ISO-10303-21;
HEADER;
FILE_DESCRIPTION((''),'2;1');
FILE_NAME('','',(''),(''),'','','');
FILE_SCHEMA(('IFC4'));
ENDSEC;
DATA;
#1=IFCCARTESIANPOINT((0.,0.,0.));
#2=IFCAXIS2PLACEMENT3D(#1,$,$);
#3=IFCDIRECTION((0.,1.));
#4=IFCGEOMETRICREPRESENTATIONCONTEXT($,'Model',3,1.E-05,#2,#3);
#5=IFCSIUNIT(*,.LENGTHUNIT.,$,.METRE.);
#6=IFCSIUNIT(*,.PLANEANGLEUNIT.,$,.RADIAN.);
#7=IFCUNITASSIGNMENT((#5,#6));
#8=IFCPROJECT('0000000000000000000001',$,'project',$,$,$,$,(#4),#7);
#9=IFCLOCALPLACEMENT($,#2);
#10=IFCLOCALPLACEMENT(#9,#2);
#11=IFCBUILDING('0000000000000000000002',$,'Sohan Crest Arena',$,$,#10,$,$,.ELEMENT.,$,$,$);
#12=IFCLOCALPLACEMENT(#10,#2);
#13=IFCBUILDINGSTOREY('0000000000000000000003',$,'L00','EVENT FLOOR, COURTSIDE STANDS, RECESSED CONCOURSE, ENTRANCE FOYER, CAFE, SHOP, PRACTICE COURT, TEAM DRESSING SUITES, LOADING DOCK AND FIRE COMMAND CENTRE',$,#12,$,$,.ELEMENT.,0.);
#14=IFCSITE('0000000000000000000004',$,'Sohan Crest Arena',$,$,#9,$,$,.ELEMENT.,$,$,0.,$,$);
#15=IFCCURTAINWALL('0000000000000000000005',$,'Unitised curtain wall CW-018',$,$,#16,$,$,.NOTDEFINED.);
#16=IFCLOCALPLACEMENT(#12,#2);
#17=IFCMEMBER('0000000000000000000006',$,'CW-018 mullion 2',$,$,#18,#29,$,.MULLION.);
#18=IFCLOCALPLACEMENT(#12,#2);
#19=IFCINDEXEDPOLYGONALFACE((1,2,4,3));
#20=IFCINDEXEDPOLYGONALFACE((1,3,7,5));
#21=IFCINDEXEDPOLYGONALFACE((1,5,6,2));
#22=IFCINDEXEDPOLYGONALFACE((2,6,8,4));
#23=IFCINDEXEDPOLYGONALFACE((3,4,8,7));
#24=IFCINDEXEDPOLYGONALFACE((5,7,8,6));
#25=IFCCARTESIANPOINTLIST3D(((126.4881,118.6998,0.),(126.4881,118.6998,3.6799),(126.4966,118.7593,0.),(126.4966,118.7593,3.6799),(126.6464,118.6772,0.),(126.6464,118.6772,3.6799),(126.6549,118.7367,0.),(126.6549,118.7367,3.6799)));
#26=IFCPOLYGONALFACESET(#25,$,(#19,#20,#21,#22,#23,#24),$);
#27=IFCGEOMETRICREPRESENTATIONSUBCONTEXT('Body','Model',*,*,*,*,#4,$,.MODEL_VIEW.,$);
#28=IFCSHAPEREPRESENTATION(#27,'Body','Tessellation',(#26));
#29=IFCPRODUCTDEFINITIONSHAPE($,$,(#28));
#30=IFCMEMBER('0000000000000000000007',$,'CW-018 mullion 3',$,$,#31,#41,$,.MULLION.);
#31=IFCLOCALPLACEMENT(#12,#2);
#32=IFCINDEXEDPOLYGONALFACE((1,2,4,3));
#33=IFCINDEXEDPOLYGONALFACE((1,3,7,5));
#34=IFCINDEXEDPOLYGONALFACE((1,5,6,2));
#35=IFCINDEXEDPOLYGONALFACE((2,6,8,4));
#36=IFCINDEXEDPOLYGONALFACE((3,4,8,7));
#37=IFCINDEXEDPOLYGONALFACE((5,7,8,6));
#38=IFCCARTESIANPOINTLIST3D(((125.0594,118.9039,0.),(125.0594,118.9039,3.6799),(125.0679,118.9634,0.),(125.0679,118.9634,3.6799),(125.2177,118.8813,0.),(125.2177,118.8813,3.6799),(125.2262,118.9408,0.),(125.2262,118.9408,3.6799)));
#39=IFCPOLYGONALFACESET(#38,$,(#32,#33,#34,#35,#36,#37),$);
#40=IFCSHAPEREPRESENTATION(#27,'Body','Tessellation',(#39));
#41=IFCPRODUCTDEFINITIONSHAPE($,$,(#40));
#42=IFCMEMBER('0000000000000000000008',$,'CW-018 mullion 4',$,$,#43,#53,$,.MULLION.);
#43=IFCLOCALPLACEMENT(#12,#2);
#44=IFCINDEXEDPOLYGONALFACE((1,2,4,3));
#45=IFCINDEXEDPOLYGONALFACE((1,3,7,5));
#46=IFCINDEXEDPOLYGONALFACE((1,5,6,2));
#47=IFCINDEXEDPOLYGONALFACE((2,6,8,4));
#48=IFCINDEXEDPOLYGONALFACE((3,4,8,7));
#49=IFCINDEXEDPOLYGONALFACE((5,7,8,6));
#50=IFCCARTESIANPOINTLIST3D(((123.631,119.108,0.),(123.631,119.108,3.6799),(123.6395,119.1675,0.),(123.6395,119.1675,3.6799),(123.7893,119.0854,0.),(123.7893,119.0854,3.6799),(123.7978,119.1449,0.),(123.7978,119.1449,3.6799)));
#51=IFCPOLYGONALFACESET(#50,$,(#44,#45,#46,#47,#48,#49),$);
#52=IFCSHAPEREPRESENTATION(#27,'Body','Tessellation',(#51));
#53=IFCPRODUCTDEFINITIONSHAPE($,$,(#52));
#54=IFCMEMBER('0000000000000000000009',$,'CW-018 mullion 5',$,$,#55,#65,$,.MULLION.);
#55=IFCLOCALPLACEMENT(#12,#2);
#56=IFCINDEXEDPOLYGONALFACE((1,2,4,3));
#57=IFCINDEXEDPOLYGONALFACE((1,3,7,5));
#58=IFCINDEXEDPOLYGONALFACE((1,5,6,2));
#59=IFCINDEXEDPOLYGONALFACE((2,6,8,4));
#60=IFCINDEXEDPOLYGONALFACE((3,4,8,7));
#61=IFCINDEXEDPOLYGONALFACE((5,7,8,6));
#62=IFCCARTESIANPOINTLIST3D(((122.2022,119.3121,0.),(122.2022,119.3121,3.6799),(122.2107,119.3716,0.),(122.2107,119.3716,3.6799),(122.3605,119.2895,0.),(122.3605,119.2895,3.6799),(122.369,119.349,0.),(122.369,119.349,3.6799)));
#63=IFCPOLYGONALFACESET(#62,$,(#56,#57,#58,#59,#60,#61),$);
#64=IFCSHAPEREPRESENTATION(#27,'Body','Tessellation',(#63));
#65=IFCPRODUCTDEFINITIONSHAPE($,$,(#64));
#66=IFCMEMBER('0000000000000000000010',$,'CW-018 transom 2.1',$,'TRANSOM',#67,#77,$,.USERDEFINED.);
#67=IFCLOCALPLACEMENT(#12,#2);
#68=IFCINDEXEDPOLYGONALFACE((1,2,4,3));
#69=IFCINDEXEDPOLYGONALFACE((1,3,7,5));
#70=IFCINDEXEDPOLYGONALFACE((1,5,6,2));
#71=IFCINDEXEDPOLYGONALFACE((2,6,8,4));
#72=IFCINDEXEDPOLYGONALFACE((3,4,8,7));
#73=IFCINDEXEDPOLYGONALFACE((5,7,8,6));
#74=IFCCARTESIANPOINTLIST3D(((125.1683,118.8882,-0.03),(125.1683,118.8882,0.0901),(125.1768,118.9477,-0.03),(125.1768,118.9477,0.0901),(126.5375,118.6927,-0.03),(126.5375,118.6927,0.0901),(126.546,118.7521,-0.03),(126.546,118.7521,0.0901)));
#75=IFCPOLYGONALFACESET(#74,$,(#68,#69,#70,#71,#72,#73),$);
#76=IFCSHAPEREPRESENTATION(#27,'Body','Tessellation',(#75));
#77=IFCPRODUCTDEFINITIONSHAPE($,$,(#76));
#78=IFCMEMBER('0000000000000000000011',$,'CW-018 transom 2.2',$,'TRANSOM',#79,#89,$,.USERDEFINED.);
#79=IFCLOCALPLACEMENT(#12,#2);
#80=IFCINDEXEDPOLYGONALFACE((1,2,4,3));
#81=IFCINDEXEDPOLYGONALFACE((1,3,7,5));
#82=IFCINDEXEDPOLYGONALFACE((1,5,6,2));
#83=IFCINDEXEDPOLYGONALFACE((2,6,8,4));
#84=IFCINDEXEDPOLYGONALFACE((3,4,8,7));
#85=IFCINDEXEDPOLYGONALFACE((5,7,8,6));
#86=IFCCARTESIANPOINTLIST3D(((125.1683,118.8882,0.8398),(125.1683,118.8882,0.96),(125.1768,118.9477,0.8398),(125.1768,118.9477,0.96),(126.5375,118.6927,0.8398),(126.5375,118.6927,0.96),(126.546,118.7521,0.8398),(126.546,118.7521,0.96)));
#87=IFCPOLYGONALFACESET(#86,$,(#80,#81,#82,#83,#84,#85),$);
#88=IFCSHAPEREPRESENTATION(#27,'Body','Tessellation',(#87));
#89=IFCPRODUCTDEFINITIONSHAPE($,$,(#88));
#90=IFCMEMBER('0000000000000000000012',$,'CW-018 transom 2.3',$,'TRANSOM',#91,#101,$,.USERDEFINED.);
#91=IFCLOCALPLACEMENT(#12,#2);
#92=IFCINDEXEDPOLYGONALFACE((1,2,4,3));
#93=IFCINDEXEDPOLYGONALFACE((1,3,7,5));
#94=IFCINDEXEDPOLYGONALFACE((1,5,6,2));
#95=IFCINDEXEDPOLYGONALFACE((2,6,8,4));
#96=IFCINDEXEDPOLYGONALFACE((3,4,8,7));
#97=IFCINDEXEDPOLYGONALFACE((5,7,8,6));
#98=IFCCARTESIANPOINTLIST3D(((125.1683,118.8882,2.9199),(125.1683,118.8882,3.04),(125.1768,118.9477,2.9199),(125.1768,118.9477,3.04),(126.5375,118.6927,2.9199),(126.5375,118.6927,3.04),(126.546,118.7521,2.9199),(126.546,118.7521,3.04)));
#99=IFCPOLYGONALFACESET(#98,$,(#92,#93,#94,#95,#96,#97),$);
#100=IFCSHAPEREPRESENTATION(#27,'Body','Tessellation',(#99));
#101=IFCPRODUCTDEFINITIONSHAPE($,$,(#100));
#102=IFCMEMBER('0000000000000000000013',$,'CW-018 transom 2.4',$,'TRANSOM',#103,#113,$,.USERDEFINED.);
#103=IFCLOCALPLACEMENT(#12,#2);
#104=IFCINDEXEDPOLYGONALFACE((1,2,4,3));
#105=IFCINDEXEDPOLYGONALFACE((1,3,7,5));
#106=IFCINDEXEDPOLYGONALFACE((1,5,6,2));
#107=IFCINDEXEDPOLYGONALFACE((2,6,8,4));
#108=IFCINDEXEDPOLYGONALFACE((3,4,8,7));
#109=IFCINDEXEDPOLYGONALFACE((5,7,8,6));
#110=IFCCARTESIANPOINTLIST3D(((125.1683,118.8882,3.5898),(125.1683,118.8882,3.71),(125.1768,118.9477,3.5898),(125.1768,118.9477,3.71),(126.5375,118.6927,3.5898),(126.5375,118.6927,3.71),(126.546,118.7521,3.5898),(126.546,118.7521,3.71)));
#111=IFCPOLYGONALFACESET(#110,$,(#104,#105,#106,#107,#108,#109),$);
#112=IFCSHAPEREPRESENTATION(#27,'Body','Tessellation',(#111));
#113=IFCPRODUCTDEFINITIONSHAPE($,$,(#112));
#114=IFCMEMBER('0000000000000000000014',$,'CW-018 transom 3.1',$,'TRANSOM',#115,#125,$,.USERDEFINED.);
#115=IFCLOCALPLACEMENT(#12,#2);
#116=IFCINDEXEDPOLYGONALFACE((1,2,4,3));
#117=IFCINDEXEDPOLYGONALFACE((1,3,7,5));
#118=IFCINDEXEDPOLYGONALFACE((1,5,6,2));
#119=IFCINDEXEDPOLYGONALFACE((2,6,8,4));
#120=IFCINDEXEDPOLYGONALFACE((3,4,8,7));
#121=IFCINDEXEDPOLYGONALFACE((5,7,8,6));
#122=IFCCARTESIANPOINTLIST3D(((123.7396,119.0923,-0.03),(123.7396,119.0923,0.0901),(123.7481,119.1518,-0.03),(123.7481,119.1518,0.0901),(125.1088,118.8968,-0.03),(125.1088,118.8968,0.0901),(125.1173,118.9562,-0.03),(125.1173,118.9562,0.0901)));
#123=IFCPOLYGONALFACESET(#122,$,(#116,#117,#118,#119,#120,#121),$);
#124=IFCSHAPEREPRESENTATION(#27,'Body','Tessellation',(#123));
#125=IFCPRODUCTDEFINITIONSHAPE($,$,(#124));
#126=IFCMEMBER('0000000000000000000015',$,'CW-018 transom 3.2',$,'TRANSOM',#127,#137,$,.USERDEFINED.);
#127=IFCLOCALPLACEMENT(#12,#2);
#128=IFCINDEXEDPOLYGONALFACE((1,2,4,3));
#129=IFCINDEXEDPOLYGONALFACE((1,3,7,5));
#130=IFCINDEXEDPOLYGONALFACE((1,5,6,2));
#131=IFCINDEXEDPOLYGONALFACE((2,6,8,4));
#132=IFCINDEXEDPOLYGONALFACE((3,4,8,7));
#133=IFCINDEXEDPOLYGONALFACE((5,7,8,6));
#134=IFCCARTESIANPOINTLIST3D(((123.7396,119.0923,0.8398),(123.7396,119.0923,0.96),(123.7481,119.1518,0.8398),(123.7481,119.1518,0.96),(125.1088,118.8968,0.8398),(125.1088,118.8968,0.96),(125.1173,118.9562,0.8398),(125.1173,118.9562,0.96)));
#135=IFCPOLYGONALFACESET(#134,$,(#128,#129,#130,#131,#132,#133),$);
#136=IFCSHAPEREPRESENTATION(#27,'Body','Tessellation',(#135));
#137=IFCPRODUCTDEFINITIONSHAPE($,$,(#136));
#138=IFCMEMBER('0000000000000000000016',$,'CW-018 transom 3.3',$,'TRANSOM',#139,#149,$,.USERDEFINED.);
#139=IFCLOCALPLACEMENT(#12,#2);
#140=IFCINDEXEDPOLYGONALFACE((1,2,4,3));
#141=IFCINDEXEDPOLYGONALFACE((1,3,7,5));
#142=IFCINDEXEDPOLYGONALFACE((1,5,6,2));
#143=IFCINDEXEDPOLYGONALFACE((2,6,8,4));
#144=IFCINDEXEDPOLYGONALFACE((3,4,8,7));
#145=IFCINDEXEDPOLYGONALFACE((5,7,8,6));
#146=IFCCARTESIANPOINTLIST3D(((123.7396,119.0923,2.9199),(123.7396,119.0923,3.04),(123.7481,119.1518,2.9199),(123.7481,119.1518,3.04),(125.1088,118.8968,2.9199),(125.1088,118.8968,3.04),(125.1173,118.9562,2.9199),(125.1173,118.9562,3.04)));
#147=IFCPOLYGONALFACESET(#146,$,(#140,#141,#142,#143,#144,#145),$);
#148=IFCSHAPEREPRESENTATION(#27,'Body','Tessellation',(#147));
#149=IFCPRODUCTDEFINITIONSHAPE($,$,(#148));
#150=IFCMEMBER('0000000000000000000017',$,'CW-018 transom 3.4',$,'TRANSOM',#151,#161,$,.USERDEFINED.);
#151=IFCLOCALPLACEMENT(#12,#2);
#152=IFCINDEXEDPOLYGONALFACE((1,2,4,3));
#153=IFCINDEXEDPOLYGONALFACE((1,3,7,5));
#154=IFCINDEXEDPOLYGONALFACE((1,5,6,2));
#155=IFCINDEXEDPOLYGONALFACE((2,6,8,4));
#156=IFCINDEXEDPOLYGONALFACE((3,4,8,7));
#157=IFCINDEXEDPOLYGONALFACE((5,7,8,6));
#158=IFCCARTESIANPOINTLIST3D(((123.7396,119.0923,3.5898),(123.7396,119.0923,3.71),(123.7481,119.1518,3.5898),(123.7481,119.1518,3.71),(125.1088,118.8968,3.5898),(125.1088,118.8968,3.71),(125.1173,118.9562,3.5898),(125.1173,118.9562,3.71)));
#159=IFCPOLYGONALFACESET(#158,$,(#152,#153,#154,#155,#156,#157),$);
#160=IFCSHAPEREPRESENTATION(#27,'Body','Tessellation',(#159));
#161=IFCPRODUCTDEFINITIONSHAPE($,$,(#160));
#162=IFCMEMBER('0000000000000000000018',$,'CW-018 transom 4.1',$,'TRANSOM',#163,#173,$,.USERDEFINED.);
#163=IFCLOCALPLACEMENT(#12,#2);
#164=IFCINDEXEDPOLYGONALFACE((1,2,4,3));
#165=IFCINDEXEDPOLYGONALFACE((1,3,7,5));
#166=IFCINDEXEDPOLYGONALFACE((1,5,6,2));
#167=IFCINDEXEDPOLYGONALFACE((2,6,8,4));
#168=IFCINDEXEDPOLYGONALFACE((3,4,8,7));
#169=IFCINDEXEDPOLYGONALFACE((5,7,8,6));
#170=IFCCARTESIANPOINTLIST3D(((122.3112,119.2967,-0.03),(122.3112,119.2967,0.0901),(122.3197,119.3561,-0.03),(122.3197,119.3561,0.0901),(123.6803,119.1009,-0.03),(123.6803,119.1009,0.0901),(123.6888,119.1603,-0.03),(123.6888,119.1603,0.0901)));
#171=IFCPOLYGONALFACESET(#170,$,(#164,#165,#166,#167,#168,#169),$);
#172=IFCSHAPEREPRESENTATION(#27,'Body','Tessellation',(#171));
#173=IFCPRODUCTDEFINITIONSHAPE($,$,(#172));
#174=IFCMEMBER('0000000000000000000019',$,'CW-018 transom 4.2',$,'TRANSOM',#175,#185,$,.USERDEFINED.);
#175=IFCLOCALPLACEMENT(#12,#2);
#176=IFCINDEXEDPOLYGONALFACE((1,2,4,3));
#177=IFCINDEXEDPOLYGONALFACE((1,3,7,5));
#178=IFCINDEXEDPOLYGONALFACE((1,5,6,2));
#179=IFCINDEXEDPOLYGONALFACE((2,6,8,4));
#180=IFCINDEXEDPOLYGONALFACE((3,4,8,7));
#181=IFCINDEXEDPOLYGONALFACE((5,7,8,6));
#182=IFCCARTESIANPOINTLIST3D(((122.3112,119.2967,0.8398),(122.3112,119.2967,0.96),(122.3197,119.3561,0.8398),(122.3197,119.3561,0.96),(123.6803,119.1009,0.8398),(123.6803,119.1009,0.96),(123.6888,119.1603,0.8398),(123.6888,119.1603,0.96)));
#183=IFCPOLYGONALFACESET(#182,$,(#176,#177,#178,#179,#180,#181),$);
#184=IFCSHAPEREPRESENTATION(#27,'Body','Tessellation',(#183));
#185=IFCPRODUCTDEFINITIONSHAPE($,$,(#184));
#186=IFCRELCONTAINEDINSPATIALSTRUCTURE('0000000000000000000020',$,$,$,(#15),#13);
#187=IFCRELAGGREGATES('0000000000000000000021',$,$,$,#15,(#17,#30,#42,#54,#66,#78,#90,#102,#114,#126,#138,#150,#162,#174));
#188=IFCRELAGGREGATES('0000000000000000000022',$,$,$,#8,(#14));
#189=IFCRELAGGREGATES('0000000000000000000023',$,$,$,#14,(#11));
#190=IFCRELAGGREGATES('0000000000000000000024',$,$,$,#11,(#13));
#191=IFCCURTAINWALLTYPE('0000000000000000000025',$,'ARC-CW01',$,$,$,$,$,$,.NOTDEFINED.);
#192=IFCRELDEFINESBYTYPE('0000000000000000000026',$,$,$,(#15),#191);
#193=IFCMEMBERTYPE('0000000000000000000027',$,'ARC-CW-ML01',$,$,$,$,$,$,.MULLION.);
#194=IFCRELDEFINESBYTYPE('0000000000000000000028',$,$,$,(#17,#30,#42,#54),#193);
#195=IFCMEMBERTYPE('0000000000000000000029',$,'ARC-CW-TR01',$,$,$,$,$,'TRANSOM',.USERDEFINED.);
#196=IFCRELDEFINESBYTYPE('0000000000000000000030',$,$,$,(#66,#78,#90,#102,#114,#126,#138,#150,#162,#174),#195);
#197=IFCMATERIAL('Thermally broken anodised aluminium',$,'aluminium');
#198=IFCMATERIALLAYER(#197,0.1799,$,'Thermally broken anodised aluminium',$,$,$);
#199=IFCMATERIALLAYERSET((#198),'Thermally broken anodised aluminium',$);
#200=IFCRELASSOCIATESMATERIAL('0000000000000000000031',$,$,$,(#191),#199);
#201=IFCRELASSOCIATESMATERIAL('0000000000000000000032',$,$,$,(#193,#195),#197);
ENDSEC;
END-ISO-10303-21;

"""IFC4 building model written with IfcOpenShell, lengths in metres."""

from ifc_helpers import new_model, si_unit, direction, frame, origin, origin_2d, place, context, subcontext, project, spatial, rectangle, extrude, material, layer, layer_set, material_profile, profile_set, type_object, element, aggregate, save


model = new_model("IFC4")

# Units and contexts
model_context = context("Model", 3, precision=1e-05, world=origin(), true_north=direction((0.0, 1.0)))
body_context = subcontext(model_context, "Body", "Model", "MODEL_VIEW")
ifc_project = project(units=[si_unit("LENGTHUNIT", "METRE"), si_unit("PLANEANGLEUNIT", "RADIAN")], contexts=[model_context])

# Site, building, storey
site_placement = place(None, origin())
site = spatial("IfcSite", under=ifc_project, at=site_placement, Name="Sohan Crest Arena", CompositionType="ELEMENT", RefElevation=0.0)
building_placement = place(site_placement, origin())
building = spatial("IfcBuilding", under=site, at=building_placement, Name="Sohan Crest Arena", CompositionType="ELEMENT")
storey_placement = place(building_placement, origin())
storey = spatial("IfcBuildingStorey", under=building, at=storey_placement, Name="L00", Description="EVENT FLOOR, COURTSIDE STANDS, RECESSED CONCOURSE, ENTRANCE FOYER, CAFE, SHOP, PRACTICE COURT, TEAM DRESSING SUITES, LOADING DOCK AND FIRE COMMAND CENTRE", CompositionType="ELEMENT", Elevation=0.0)

# Curtain wall, members
ifc_material_1 = material(Name="Thermally broken anodised aluminium", Category="aluminium")
ifc_layer_1 = layer(ifc_material_1, 0.1799, Name="Thermally broken anodised aluminium")
ifc_layer_set_1 = layer_set([ifc_layer_1], Name="Thermally broken anodised aluminium")
curtain_wall_type = type_object("IfcCurtainWallType", Name="ARC-CW01", PredefinedType="NOTDEFINED", material=ifc_layer_set_1)
curtain_wall_placement = place(storey_placement, origin())
curtain_wall = element("IfcCurtainWall", 1, at=curtain_wall_placement, inside=storey, type_object=curtain_wall_type, Name="Unitised curtain wall CW-018", PredefinedType="NOTDEFINED")
ifc_material_profile_1 = material_profile(ifc_material_1, rectangle(XDim=0.0601, YDim=0.1599, at=origin_2d()), Name="ALU-MULL 60x160")
ifc_profile_set_1 = profile_set([ifc_material_profile_1], Name="Thermally broken anodised aluminium")
member_type_1 = type_object("IfcMemberType", Name="ARC-CW-ML01", PredefinedType="MULLION", material=ifc_profile_set_1)
member_1_placement = place(storey_placement, frame((126.5715, 118.7183, 0.0), z_axis=(0.0, 0.0, 1.0), x_axis=(-0.141463, -0.989944, 0.0)))
member_1 = element("IfcMember", 2, at=member_1_placement, type_object=member_type_1, Name="CW-018 mullion 2", PredefinedType="MULLION", context=body_context, shape_type="SweptSolid", body=[
    extrude(rectangle(XDim=0.0601, YDim=0.1599, at=origin_2d()), origin(), (0.0, 0.0, 1.0), 3.6799),
])
member_2_placement = place(storey_placement, frame((125.1428, 118.9224, 0.0), z_axis=(0.0, 0.0, 1.0), x_axis=(-0.141463, -0.989944, 0.0)))
member_2 = element("IfcMember", 3, at=member_2_placement, type_object=member_type_1, Name="CW-018 mullion 3", PredefinedType="MULLION", context=body_context, shape_type="SweptSolid", body=[
    extrude(rectangle(XDim=0.0601, YDim=0.1599, at=origin_2d()), origin(), (0.0, 0.0, 1.0), 3.6799),
])
member_3_placement = place(storey_placement, frame((123.7144, 119.1265, 0.0), z_axis=(0.0, 0.0, 1.0), x_axis=(-0.141463, -0.989944, 0.0)))
member_3 = element("IfcMember", 4, at=member_3_placement, type_object=member_type_1, Name="CW-018 mullion 4", PredefinedType="MULLION", context=body_context, shape_type="SweptSolid", body=[
    extrude(rectangle(XDim=0.0601, YDim=0.1599, at=origin_2d()), origin(), (0.0, 0.0, 1.0), 3.6799),
])
member_4_placement = place(storey_placement, frame((122.2856, 119.3306, 0.0), z_axis=(0.0, 0.0, 1.0), x_axis=(-0.141463, -0.989944, 0.0)))
member_4 = element("IfcMember", 5, at=member_4_placement, type_object=member_type_1, Name="CW-018 mullion 5", PredefinedType="MULLION", context=body_context, shape_type="SweptSolid", body=[
    extrude(rectangle(XDim=0.0601, YDim=0.1599, at=origin_2d()), origin(), (0.0, 0.0, 1.0), 3.6799),
])
ifc_material_profile_2 = material_profile(ifc_material_1, rectangle(XDim=0.0601, YDim=0.1201, at=origin_2d()), Name="ALU-TRAN 60x120")
ifc_profile_set_2 = profile_set([ifc_material_profile_2], Name="Thermally broken anodised aluminium")
member_type_2 = type_object("IfcMemberType", Name="ARC-CW-TR01", ElementType="TRANSOM", PredefinedType="USERDEFINED", material=ifc_profile_set_2)
member_5_placement = place(storey_placement, frame((126.5417, 118.7224, 0.03), z_axis=(-0.989953, 0.141397, 0.0), x_axis=(-0.141397, -0.989953, 0.0)))
member_5 = element("IfcMember", 6, at=member_5_placement, type_object=member_type_2, Name="CW-018 transom 2.1", ObjectType="TRANSOM", PredefinedType="USERDEFINED", context=body_context, shape_type="SweptSolid", body=[
    extrude(rectangle(XDim=0.0601, YDim=0.1201, at=origin_2d()), origin(), (0.0, 0.0, 1.0), 1.3831),
])
member_6_placement = place(storey_placement, frame((126.5417, 118.7224, 0.8999), z_axis=(-0.989953, 0.141397, 0.0), x_axis=(-0.141397, -0.989953, 0.0)))
member_6 = element("IfcMember", 7, at=member_6_placement, type_object=member_type_2, Name="CW-018 transom 2.2", ObjectType="TRANSOM", PredefinedType="USERDEFINED", context=body_context, shape_type="SweptSolid", body=[
    extrude(rectangle(XDim=0.0601, YDim=0.1201, at=origin_2d()), origin(), (0.0, 0.0, 1.0), 1.3831),
])
member_7_placement = place(storey_placement, frame((126.5417, 118.7224, 2.98), z_axis=(-0.989953, 0.141397, 0.0), x_axis=(-0.141397, -0.989953, 0.0)))
member_7 = element("IfcMember", 8, at=member_7_placement, type_object=member_type_2, Name="CW-018 transom 2.3", ObjectType="TRANSOM", PredefinedType="USERDEFINED", context=body_context, shape_type="SweptSolid", body=[
    extrude(rectangle(XDim=0.0601, YDim=0.1201, at=origin_2d()), origin(), (0.0, 0.0, 1.0), 1.3831),
])
member_8_placement = place(storey_placement, frame((126.5417, 118.7224, 3.6499), z_axis=(-0.989953, 0.141397, 0.0), x_axis=(-0.141397, -0.989953, 0.0)))
member_8 = element("IfcMember", 9, at=member_8_placement, type_object=member_type_2, Name="CW-018 transom 2.4", ObjectType="TRANSOM", PredefinedType="USERDEFINED", context=body_context, shape_type="SweptSolid", body=[
    extrude(rectangle(XDim=0.0601, YDim=0.1201, at=origin_2d()), origin(), (0.0, 0.0, 1.0), 1.3831),
])
member_9_placement = place(storey_placement, frame((125.113, 118.9265, 0.03), z_axis=(-0.989953, 0.141397, 0.0), x_axis=(-0.141397, -0.989953, 0.0)))
member_9 = element("IfcMember", 10, at=member_9_placement, type_object=member_type_2, Name="CW-018 transom 3.1", ObjectType="TRANSOM", PredefinedType="USERDEFINED", context=body_context, shape_type="SweptSolid", body=[
    extrude(rectangle(XDim=0.0601, YDim=0.1201, at=origin_2d()), origin(), (0.0, 0.0, 1.0), 1.3831),
])
member_10_placement = place(storey_placement, frame((125.113, 118.9265, 0.8999), z_axis=(-0.989953, 0.141397, 0.0), x_axis=(-0.141397, -0.989953, 0.0)))
member_10 = element("IfcMember", 11, at=member_10_placement, type_object=member_type_2, Name="CW-018 transom 3.2", ObjectType="TRANSOM", PredefinedType="USERDEFINED", context=body_context, shape_type="SweptSolid", body=[
    extrude(rectangle(XDim=0.0601, YDim=0.1201, at=origin_2d()), origin(), (0.0, 0.0, 1.0), 1.3831),
])
member_11_placement = place(storey_placement, frame((125.113, 118.9265, 2.98), z_axis=(-0.989953, 0.141397, 0.0), x_axis=(-0.141397, -0.989953, 0.0)))
member_11 = element("IfcMember", 12, at=member_11_placement, type_object=member_type_2, Name="CW-018 transom 3.3", ObjectType="TRANSOM", PredefinedType="USERDEFINED", context=body_context, shape_type="SweptSolid", body=[
    extrude(rectangle(XDim=0.0601, YDim=0.1201, at=origin_2d()), origin(), (0.0, 0.0, 1.0), 1.3831),
])
member_12_placement = place(storey_placement, frame((125.113, 118.9265, 3.6499), z_axis=(-0.989953, 0.141397, 0.0), x_axis=(-0.141397, -0.989953, 0.0)))
member_12 = element("IfcMember", 13, at=member_12_placement, type_object=member_type_2, Name="CW-018 transom 3.4", ObjectType="TRANSOM", PredefinedType="USERDEFINED", context=body_context, shape_type="SweptSolid", body=[
    extrude(rectangle(XDim=0.0601, YDim=0.1201, at=origin_2d()), origin(), (0.0, 0.0, 1.0), 1.3831),
])
member_13_placement = place(storey_placement, frame((123.6846, 119.1306, 0.03), z_axis=(-0.989928, 0.14157, 0.0), x_axis=(-0.14157, -0.989928, 0.0)))
member_13 = element("IfcMember", 14, at=member_13_placement, type_object=member_type_2, Name="CW-018 transom 4.1", ObjectType="TRANSOM", PredefinedType="USERDEFINED", context=body_context, shape_type="SweptSolid", body=[
    extrude(rectangle(XDim=0.0601, YDim=0.1201, at=origin_2d()), origin(), (0.0, 0.0, 1.0), 1.3831),
])
member_14_placement = place(storey_placement, frame((123.6846, 119.1306, 0.8999), z_axis=(-0.989928, 0.14157, 0.0), x_axis=(-0.14157, -0.989928, 0.0)))
member_14 = element("IfcMember", 15, at=member_14_placement, type_object=member_type_2, Name="CW-018 transom 4.2", ObjectType="TRANSOM", PredefinedType="USERDEFINED", context=body_context, shape_type="SweptSolid", body=[
    extrude(rectangle(XDim=0.0601, YDim=0.1201, at=origin_2d()), origin(), (0.0, 0.0, 1.0), 1.3831),
])
aggregate(curtain_wall, [member_1, member_2, member_3, member_4, member_5, member_6, member_7, member_8, member_9, member_10, member_11, member_12, member_13, member_14])

save(model, "model.ifc")
